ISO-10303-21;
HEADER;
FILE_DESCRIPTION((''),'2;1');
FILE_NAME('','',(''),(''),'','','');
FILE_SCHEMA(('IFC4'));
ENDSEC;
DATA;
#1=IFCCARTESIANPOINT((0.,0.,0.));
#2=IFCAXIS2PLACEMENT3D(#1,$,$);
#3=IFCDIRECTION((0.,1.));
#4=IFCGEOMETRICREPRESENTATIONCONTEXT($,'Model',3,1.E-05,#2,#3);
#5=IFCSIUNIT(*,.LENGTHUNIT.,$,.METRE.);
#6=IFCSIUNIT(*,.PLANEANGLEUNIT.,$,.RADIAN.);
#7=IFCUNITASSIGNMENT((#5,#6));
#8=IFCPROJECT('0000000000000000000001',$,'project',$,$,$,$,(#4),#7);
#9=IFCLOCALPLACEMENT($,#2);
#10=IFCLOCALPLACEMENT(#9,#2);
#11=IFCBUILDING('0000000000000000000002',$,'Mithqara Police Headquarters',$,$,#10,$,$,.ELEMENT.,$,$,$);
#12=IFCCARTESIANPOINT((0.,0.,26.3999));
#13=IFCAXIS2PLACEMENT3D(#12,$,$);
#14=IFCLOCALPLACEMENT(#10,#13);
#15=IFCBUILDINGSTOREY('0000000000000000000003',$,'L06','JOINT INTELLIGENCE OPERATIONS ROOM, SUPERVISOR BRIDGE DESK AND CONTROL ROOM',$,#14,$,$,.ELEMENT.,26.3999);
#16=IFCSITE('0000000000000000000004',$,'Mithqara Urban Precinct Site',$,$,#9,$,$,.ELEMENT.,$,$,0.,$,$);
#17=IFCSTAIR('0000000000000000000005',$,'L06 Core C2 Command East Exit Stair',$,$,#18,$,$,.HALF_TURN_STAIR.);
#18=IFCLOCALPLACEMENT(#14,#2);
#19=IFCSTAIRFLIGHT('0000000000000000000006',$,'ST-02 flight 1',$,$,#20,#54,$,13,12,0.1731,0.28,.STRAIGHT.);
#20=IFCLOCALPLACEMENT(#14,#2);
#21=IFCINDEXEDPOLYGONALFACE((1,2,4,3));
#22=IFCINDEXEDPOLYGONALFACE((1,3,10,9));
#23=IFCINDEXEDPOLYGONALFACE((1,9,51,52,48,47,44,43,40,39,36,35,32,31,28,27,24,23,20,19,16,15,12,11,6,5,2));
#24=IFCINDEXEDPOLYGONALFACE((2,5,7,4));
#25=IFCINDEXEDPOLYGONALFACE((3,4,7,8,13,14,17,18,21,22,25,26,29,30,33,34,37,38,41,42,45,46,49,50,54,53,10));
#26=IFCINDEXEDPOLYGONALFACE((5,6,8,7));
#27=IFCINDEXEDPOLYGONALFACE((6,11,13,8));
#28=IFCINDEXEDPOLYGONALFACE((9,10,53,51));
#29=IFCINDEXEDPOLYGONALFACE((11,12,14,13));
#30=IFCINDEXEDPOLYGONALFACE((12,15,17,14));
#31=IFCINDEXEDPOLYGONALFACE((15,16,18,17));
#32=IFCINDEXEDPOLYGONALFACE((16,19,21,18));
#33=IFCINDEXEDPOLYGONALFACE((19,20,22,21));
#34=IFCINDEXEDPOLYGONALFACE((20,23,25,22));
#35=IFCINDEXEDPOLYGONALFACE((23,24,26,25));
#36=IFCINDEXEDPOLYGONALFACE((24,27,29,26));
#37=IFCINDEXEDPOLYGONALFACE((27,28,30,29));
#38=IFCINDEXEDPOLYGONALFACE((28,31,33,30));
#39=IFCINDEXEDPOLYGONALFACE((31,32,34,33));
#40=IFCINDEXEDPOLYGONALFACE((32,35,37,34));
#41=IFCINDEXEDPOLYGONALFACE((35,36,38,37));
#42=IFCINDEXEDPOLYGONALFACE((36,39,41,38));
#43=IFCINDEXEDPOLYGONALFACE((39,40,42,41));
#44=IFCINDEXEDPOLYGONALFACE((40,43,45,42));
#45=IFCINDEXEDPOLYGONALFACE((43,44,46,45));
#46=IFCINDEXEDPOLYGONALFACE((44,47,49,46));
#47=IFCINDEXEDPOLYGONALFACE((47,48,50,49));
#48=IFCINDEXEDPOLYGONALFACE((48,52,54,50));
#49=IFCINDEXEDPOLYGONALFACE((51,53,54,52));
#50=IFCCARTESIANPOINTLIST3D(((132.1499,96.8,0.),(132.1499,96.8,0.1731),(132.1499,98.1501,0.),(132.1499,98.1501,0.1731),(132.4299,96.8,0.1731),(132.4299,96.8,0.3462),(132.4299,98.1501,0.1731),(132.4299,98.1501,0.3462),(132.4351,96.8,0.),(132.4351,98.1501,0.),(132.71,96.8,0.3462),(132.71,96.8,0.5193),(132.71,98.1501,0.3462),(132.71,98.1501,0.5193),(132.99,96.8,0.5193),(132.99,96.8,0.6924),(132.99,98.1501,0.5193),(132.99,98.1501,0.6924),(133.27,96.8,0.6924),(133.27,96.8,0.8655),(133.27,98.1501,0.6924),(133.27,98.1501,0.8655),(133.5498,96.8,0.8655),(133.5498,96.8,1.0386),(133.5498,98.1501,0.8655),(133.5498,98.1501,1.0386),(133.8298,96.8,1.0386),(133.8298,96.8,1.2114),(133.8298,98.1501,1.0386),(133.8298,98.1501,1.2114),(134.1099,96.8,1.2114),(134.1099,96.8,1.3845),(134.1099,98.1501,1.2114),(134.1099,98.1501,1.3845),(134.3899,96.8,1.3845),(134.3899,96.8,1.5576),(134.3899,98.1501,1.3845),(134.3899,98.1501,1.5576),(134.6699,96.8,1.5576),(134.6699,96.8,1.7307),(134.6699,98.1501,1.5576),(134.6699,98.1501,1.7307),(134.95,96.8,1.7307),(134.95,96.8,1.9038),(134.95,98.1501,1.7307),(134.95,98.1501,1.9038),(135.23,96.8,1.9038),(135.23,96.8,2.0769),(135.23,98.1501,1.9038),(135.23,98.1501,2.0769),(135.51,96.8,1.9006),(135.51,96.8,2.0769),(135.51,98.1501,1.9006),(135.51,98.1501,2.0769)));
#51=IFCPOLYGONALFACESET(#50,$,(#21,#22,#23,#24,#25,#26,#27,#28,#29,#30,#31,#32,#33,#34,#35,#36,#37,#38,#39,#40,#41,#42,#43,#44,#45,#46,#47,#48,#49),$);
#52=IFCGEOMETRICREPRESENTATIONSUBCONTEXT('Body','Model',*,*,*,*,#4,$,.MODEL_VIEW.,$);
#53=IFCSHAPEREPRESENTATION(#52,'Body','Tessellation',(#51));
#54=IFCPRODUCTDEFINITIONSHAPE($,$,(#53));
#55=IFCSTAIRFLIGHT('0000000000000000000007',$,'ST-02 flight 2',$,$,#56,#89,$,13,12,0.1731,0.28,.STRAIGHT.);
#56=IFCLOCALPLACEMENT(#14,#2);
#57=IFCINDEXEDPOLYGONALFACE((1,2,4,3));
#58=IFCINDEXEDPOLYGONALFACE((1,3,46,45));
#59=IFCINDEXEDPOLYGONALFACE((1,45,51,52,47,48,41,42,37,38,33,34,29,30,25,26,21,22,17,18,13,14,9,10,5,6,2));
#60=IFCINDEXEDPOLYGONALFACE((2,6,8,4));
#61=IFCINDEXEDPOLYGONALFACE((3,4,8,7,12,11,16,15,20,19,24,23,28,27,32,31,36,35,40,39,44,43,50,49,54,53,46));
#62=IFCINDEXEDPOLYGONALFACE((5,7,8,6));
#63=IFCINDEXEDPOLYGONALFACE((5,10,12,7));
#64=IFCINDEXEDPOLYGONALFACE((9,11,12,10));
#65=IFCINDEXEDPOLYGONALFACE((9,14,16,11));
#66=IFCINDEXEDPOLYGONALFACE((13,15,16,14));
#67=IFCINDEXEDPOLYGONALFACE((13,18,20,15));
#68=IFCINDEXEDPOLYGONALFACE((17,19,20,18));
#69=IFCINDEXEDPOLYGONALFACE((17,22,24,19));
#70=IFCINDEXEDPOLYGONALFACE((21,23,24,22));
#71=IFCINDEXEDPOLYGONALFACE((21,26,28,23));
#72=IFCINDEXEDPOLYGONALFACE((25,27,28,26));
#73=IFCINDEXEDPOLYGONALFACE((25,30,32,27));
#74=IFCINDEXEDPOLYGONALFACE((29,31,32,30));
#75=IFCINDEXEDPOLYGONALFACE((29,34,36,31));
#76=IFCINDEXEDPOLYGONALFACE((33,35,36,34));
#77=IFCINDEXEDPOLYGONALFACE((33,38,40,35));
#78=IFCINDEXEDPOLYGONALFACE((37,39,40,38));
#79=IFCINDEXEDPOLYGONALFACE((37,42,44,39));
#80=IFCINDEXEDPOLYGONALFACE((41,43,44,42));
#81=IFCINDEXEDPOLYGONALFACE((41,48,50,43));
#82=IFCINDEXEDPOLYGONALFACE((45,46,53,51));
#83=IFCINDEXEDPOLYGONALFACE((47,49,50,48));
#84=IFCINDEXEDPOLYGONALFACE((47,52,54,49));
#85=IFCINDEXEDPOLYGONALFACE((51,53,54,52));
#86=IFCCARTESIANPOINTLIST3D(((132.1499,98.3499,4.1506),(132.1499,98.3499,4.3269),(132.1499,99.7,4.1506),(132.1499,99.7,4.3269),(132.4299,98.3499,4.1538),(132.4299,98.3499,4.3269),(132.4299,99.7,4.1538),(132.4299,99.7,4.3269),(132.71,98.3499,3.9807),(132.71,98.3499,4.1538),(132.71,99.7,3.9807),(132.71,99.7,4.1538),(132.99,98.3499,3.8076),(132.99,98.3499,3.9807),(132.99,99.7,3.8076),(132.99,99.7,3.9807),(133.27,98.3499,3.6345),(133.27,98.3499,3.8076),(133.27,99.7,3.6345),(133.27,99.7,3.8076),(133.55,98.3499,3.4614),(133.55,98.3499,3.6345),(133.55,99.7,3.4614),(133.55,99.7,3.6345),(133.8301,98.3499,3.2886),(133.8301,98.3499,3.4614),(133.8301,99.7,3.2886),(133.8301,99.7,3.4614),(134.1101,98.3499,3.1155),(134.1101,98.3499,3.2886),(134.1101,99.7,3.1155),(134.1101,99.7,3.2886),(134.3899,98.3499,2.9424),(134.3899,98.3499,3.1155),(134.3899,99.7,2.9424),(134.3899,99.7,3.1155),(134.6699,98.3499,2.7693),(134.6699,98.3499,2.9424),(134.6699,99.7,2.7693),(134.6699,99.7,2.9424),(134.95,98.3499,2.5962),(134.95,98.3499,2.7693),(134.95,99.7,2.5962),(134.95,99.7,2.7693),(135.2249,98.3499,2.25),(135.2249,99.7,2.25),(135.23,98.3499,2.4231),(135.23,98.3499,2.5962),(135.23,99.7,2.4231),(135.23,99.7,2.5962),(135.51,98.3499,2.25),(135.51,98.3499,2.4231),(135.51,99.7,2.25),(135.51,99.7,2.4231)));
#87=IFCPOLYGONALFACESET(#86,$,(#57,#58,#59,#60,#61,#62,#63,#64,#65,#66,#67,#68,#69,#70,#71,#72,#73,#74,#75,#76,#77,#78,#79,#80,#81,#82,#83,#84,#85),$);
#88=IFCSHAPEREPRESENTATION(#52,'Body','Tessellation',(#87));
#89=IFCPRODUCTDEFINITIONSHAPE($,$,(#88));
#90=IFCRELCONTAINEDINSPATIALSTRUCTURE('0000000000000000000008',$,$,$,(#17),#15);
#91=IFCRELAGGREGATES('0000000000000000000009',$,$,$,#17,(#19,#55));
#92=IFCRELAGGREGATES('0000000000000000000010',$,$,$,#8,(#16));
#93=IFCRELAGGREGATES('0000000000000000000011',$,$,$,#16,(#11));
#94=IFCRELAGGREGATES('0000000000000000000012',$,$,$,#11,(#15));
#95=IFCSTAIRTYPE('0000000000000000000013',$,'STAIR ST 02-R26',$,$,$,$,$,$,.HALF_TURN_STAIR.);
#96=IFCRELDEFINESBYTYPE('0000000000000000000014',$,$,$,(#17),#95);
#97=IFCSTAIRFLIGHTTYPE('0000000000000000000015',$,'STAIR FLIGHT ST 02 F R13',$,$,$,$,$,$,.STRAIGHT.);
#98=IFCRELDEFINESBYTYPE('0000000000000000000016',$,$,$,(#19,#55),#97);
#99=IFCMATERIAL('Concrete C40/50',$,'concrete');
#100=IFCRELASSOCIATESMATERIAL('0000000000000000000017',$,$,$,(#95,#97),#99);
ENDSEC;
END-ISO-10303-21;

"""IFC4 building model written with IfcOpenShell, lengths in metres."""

from ifc_helpers import new_model, si_unit, direction, frame, origin, place, context, subcontext, project, spatial, polyline, outline, extrude, material, type_object, element, aggregate, save


model = new_model("IFC4")

# Units and contexts
model_context = context("Model", 3, precision=1e-05, world=origin(), true_north=direction((0.0, 1.0)))
body_context = subcontext(model_context, "Body", "Model", "MODEL_VIEW")
ifc_project = project(units=[si_unit("LENGTHUNIT", "METRE"), si_unit("PLANEANGLEUNIT", "RADIAN")], contexts=[model_context])

# Site, building, storey
site_placement = place(None, origin())
site = spatial("IfcSite", under=ifc_project, at=site_placement, Name="Mithqara Urban Precinct Site", CompositionType="ELEMENT", RefElevation=0.0)
building_placement = place(site_placement, origin())
building = spatial("IfcBuilding", under=site, at=building_placement, Name="Mithqara Police Headquarters", CompositionType="ELEMENT")
storey_placement = place(building_placement, frame((0.0, 0.0, 26.3999)))
storey = spatial("IfcBuildingStorey", under=building, at=storey_placement, Name="L06", Description="JOINT INTELLIGENCE OPERATIONS ROOM, SUPERVISOR BRIDGE DESK AND CONTROL ROOM", CompositionType="ELEMENT", Elevation=26.3999)

# Shared definitions
ifc_material_1 = material(Name="Concrete C40/50", Category="concrete")

# Stair, stair flights
stair_type = type_object("IfcStairType", Name="STAIR ST 02-R26", PredefinedType="HALF_TURN_STAIR", material=ifc_material_1)
stair_placement = place(storey_placement, origin())
stair = element("IfcStair", 1, at=stair_placement, inside=storey, type_object=stair_type, Name="L06 Core C2 Command East Exit Stair", PredefinedType="HALF_TURN_STAIR")
stair_flight_type = type_object("IfcStairFlightType", Name="STAIR FLIGHT ST 02 F R13", PredefinedType="STRAIGHT", material=ifc_material_1)
stair_flight_1_placement = place(storey_placement, frame((132.1499, 97.4751, 0.0), z_axis=(0.0, 0.0, 1.0), x_axis=(1.0, 0.0, 0.0)))
stair_flight_1 = element("IfcStairFlight", 2, at=stair_flight_1_placement, type_object=stair_flight_type, Name="ST-02 flight 1", NumberOfRisers=13, NumberOfTreads=12, PredefinedType="STRAIGHT", RiserHeight=0.1731, TreadLength=0.28, context=body_context, shape_type="SweptSolid", body=[
    extrude(outline(polyline([(0.0, 0.0), (0.0, 0.1731), (0.28, 0.1731), (0.28, 0.3462), (0.5601, 0.3462), (0.5601, 0.5193), (0.8401, 0.5193), (0.8401, 0.6924), (1.1201, 0.6924), (1.1201, 0.8655), (1.3999, 0.8655), (1.3999, 1.0386), (1.6799, 1.0386), (1.6799, 1.2114), (1.96, 1.2114), (1.96, 1.3845), (2.24, 1.3845), (2.24, 1.5576), (2.52, 1.5576), (2.52, 1.7307), (2.8, 1.7307), (2.8, 1.9038), (3.0801, 1.9038), (3.0801, 2.0769), (3.3601, 2.0769), (3.3601, 2.25), (3.3601, 1.9006), (0.2852, 0.0), (0.0, 0.0)])), frame((0.0, 0.675, 0.0), z_axis=(0.0, -1.0, 0.0), x_axis=(1.0, 0.0, 0.0)), (0.0, 0.0, 1.0), 1.3501),
])
stair_flight_2_placement = place(storey_placement, frame((135.51, 99.0249, 2.25), z_axis=(0.0, 0.0, 1.0), x_axis=(-1.0, 0.0, 0.0)))
stair_flight_2 = element("IfcStairFlight", 3, at=stair_flight_2_placement, type_object=stair_flight_type, Name="ST-02 flight 2", NumberOfRisers=13, NumberOfTreads=12, PredefinedType="STRAIGHT", RiserHeight=0.1731, TreadLength=0.28, context=body_context, shape_type="SweptSolid", body=[
    extrude(outline(polyline([(0.0, 0.0), (0.0, 0.1731), (0.28, 0.1731), (0.28, 0.3462), (0.5601, 0.3462), (0.5601, 0.5193), (0.8401, 0.5193), (0.8401, 0.6924), (1.1201, 0.6924), (1.1201, 0.8655), (1.3999, 0.8655), (1.3999, 1.0386), (1.6799, 1.0386), (1.6799, 1.2114), (1.96, 1.2114), (1.96, 1.3845), (2.24, 1.3845), (2.24, 1.5576), (2.52, 1.5576), (2.52, 1.7307), (2.8, 1.7307), (2.8, 1.9038), (3.0801, 1.9038), (3.0801, 2.0769), (3.3601, 2.0769), (3.3601, 2.25), (3.3601, 1.9006), (0.2852, 0.0), (0.0, 0.0)])), frame((0.0, 0.675, 0.0), z_axis=(0.0, -1.0, 0.0), x_axis=(1.0, 0.0, 0.0)), (0.0, 0.0, 1.0), 1.3501),
])
aggregate(stair, [stair_flight_1, stair_flight_2])

save(model, "model.ifc")
